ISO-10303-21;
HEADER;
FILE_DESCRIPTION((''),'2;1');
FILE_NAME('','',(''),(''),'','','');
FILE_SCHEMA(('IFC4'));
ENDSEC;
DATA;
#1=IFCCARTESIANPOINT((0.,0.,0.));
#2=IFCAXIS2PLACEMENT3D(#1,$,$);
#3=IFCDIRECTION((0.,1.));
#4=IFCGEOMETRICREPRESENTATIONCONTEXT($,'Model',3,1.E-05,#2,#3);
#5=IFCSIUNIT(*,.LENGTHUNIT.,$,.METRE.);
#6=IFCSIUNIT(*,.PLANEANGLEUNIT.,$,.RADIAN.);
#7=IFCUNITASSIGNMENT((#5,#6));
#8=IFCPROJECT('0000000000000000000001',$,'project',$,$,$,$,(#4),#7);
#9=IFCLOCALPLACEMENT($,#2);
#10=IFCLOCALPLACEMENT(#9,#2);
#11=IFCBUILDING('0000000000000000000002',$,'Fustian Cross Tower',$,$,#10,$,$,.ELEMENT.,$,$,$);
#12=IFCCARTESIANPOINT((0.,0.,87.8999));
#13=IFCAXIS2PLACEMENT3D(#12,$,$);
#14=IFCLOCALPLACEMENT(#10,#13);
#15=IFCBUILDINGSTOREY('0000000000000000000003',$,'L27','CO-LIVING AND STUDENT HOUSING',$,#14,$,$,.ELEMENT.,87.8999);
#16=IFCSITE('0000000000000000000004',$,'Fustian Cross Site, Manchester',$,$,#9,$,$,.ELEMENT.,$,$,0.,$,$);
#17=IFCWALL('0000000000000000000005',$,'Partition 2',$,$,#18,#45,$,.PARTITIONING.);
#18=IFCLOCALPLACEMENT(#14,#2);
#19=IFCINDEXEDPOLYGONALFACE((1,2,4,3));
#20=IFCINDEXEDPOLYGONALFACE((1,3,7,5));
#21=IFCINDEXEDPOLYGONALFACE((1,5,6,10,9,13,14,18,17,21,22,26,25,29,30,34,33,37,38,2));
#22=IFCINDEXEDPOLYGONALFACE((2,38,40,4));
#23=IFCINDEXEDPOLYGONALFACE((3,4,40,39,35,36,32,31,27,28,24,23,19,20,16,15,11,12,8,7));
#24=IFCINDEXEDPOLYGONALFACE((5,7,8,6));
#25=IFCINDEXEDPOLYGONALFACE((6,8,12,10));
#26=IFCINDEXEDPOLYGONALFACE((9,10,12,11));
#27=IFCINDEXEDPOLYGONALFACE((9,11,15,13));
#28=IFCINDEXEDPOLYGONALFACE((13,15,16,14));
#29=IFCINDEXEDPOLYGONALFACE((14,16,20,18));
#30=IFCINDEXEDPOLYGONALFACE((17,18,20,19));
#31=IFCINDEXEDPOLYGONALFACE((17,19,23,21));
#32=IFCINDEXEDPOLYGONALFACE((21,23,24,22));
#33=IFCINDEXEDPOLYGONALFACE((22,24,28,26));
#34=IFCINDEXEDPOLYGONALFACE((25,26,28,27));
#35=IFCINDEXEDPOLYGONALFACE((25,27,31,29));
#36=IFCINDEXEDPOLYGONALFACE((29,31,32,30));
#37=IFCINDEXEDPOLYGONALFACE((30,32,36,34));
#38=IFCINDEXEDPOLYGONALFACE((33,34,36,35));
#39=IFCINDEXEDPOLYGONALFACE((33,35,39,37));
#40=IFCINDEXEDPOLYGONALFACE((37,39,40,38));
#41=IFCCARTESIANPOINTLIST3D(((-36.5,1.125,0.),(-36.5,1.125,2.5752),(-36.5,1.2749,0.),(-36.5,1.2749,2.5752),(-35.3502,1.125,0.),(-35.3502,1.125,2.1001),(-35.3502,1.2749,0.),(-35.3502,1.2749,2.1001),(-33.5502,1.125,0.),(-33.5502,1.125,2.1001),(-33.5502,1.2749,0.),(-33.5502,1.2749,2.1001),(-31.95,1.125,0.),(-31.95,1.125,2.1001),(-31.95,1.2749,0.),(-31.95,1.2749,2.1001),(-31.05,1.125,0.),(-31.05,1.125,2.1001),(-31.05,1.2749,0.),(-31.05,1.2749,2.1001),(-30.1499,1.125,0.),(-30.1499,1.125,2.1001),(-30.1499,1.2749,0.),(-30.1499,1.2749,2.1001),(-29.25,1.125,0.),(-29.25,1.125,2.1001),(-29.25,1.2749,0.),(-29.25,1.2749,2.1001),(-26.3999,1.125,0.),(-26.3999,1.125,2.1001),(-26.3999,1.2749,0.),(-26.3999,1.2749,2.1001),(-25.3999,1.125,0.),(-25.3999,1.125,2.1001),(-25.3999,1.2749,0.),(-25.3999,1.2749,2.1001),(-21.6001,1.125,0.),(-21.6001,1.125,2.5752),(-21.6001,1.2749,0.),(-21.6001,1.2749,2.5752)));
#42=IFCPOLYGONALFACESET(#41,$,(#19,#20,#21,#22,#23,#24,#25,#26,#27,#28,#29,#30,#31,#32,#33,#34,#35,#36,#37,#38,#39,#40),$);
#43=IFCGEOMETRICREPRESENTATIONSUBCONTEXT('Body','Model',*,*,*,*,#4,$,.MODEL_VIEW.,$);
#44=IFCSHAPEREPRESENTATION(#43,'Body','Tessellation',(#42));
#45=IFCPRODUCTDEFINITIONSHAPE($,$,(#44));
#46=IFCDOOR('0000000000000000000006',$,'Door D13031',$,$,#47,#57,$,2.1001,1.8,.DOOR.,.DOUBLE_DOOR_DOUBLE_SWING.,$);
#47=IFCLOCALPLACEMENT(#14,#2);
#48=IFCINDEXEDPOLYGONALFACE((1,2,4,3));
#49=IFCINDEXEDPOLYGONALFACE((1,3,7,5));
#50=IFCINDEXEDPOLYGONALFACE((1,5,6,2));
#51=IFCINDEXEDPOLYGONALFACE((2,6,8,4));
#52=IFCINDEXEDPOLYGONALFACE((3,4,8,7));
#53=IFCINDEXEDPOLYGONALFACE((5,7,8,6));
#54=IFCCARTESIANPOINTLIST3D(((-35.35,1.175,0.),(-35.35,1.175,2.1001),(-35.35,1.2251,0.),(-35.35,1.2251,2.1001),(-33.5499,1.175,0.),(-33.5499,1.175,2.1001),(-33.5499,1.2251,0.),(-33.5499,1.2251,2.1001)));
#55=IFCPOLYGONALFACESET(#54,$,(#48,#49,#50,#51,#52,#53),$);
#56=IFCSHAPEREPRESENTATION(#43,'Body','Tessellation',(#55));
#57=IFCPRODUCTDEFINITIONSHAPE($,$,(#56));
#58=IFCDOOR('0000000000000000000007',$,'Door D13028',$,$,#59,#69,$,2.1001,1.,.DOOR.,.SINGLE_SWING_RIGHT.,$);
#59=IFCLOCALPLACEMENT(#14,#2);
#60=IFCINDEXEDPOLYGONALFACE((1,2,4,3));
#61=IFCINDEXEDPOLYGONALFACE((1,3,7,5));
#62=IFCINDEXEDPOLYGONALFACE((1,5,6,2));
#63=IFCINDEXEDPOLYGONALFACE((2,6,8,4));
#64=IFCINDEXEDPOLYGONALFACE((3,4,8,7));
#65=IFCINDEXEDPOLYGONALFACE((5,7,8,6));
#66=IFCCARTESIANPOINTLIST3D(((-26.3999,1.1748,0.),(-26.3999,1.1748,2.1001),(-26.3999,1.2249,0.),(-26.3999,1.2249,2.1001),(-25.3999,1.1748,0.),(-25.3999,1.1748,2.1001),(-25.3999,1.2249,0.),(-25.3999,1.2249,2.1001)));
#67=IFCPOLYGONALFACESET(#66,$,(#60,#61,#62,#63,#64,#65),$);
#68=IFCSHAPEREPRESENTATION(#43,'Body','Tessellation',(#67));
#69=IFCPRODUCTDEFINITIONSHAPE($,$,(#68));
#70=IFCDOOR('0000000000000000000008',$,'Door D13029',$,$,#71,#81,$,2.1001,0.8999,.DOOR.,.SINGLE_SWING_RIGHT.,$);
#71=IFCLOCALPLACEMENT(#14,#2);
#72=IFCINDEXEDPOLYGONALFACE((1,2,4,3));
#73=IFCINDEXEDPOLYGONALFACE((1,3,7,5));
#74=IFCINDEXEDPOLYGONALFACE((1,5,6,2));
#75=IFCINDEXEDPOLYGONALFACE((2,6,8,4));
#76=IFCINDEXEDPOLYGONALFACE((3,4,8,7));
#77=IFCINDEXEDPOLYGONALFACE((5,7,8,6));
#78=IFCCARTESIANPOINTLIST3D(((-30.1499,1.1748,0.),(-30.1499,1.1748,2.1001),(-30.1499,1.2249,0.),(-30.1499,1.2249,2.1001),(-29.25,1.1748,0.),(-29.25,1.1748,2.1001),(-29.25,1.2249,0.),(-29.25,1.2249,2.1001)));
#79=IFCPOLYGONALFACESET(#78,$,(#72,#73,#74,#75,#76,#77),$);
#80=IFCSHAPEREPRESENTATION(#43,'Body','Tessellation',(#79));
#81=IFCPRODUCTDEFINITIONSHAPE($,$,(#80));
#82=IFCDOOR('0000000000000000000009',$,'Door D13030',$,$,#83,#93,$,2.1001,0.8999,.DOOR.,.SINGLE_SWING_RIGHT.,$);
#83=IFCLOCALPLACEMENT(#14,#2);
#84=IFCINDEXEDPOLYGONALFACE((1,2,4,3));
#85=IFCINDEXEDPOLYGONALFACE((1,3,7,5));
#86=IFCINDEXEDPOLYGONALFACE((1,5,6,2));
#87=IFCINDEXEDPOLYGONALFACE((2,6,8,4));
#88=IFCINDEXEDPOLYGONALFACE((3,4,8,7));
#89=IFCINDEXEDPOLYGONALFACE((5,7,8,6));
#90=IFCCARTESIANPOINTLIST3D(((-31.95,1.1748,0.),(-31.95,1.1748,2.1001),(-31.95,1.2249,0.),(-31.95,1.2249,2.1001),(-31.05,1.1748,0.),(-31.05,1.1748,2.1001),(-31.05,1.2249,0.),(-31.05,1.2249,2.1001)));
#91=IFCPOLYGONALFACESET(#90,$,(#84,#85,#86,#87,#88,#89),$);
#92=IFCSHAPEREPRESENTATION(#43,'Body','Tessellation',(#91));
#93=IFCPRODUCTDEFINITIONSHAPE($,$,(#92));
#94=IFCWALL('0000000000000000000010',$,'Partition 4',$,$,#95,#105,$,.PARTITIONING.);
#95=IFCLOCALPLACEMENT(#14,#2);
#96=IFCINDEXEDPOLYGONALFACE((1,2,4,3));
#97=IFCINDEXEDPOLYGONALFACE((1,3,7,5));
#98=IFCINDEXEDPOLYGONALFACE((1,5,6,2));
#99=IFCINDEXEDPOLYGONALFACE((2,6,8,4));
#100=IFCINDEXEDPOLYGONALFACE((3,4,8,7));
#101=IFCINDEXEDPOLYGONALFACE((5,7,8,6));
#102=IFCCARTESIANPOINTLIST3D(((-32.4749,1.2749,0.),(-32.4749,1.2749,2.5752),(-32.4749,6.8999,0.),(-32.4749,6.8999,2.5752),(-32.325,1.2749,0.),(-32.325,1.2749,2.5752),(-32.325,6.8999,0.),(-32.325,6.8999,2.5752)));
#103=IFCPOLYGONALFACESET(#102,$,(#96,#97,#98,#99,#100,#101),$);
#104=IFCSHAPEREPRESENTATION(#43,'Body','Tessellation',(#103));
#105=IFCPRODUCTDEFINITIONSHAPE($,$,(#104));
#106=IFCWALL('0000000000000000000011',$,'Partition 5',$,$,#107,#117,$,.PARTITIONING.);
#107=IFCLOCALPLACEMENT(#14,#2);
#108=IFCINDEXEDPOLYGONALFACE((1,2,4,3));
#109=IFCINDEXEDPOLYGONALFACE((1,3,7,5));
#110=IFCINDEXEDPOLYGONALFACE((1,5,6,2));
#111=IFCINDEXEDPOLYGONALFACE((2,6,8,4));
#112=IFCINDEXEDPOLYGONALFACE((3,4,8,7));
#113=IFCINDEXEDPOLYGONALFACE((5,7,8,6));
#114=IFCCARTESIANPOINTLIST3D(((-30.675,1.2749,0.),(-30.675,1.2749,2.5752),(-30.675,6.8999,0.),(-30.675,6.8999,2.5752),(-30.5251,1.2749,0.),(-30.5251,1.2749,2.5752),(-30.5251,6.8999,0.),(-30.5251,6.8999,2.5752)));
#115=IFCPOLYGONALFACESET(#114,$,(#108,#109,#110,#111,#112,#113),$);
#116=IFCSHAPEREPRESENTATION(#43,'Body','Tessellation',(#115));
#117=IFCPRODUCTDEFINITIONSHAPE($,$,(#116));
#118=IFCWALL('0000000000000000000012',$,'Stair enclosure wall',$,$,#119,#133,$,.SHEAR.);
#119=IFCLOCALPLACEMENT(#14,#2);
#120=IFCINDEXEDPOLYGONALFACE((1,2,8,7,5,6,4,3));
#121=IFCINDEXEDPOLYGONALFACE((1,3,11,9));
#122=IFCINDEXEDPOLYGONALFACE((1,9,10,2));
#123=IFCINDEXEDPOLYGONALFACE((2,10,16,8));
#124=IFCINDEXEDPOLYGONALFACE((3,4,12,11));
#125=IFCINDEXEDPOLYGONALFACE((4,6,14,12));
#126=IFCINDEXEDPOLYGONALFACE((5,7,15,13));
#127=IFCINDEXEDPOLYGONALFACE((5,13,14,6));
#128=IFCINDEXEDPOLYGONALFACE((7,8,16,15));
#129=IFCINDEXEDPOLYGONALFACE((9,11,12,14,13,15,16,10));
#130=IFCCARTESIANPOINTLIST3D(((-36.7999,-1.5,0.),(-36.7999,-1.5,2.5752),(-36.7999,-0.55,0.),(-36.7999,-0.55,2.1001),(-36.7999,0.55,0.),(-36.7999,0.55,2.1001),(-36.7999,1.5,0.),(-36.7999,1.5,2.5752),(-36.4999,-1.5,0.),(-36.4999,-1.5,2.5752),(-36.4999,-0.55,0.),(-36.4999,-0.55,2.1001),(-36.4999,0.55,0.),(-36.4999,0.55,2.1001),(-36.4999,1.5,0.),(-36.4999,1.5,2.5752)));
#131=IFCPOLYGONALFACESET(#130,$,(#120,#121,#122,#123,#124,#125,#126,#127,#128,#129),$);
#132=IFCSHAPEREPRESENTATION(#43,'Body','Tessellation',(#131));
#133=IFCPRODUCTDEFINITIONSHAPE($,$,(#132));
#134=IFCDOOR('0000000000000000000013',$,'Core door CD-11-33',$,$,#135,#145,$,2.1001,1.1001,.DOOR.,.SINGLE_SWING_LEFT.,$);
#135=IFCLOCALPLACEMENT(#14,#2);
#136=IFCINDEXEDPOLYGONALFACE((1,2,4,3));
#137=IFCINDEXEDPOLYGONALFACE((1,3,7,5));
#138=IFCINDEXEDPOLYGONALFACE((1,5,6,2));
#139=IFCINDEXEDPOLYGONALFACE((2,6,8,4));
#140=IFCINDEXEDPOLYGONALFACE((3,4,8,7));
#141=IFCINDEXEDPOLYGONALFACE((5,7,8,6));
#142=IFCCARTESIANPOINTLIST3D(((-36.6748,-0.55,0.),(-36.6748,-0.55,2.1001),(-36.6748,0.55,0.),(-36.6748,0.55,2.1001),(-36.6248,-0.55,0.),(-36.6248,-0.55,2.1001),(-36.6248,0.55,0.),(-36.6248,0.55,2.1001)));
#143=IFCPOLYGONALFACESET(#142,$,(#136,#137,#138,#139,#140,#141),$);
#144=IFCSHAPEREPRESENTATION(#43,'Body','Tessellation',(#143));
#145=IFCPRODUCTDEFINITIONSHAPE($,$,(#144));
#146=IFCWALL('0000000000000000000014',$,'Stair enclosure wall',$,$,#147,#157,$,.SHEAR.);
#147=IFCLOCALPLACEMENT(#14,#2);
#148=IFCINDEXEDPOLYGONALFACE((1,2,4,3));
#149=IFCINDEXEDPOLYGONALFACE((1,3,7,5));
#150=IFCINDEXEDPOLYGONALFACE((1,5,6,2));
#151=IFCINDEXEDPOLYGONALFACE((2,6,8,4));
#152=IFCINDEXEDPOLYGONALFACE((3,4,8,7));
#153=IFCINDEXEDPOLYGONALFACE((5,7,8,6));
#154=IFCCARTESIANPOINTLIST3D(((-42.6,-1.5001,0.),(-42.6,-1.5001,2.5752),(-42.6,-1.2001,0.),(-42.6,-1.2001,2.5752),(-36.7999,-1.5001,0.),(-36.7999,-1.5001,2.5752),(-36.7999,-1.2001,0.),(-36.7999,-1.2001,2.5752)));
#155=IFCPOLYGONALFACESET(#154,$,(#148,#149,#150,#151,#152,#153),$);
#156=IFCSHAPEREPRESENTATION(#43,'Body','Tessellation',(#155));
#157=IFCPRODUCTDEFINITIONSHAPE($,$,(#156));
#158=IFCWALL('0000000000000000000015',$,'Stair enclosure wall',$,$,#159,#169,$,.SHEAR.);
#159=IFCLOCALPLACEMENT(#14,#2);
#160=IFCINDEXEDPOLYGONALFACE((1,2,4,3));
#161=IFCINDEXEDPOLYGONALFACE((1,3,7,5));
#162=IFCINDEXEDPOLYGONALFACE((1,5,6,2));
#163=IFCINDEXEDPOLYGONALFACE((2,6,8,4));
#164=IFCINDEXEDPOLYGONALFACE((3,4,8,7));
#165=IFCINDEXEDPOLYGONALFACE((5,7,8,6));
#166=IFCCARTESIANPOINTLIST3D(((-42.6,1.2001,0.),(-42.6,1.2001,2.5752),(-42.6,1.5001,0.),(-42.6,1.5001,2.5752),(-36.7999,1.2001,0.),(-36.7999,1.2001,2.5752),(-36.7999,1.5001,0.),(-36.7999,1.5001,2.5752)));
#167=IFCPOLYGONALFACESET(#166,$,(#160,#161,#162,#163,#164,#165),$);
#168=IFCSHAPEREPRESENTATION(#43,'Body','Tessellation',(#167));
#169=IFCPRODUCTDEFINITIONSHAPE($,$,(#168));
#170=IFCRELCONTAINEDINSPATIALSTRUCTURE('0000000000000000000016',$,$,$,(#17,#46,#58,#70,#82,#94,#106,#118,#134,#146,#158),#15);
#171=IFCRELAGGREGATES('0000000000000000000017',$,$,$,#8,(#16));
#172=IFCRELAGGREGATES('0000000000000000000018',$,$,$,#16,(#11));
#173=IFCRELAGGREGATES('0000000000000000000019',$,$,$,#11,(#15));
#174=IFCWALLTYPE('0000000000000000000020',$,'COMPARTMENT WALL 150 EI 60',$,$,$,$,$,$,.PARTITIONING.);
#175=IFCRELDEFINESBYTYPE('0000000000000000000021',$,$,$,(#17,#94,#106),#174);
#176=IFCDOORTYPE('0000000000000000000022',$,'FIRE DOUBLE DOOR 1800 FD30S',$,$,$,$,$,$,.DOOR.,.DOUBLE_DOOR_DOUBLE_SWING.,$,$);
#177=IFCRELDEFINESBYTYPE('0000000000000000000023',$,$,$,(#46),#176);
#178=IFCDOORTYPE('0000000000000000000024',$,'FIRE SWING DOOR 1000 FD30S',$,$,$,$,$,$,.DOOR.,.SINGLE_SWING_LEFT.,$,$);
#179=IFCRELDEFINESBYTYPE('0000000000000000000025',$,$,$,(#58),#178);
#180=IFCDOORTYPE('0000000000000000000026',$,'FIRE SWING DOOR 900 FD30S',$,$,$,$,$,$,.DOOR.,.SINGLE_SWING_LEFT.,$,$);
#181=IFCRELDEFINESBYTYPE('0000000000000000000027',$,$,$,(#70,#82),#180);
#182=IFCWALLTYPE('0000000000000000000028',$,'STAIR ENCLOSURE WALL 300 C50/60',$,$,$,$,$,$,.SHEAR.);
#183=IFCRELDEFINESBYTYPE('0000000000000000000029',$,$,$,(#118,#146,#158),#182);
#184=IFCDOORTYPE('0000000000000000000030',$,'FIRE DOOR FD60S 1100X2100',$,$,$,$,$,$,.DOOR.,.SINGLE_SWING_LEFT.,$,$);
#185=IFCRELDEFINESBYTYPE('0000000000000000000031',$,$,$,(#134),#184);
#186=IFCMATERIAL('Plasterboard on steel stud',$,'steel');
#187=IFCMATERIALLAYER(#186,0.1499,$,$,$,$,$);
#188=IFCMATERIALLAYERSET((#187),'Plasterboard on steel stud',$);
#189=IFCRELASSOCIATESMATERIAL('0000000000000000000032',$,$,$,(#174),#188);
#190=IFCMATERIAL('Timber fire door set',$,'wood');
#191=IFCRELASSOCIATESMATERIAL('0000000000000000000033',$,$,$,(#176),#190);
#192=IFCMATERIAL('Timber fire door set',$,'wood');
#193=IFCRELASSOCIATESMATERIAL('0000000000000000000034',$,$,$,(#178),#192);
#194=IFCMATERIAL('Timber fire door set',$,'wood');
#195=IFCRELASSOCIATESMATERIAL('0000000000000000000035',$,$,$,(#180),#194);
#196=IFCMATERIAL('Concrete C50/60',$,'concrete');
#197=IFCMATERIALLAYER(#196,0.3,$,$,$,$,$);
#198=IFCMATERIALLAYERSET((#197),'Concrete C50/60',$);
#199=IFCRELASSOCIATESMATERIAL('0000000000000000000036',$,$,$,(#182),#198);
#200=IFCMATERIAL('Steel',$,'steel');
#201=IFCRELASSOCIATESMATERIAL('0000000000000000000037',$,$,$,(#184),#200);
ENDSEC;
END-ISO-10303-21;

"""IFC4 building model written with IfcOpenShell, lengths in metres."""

from ifc_helpers import new_model, si_unit, direction, frame, frame_2d, origin, place, context, subcontext, project, spatial, rectangle, extrude, material, layer, layer_set, type_object, element, fill, save


model = new_model("IFC4")

# Units and contexts
model_context = context("Model", 3, precision=1e-05, world=origin(), true_north=direction((0.0, 1.0)))
body_context = subcontext(model_context, "Body", "Model", "MODEL_VIEW")
ifc_project = project(units=[si_unit("LENGTHUNIT", "METRE"), si_unit("PLANEANGLEUNIT", "RADIAN")], contexts=[model_context])

# Site, building, storey
site_placement = place(None, origin())
site = spatial("IfcSite", under=ifc_project, at=site_placement, Name="Fustian Cross Site, Manchester", CompositionType="ELEMENT", RefElevation=0.0)
building_placement = place(site_placement, origin())
building = spatial("IfcBuilding", under=site, at=building_placement, Name="Fustian Cross Tower", CompositionType="ELEMENT")
storey_placement = place(building_placement, frame((0.0, 0.0, 87.8999)))
storey = spatial("IfcBuildingStorey", under=building, at=storey_placement, Name="L27", Description="CO-LIVING AND STUDENT HOUSING", CompositionType="ELEMENT", Elevation=87.8999)

# Wall, openings, doors
ifc_material_1 = material(Name="Plasterboard on steel stud", Category="steel")
ifc_layer_1 = layer(ifc_material_1, 0.1499)
ifc_layer_set_1 = layer_set([ifc_layer_1], Name="Plasterboard on steel stud")
wall_type_1 = type_object("IfcWallType", Name="COMPARTMENT WALL 150 EI 60", PredefinedType="PARTITIONING", material=ifc_layer_set_1)
ifc_material_2 = material(Name="Timber fire door set", Category="wood")
door_type_1 = type_object("IfcDoorType", Name="FIRE DOUBLE DOOR 1800 FD30S", OperationType="DOUBLE_DOOR_DOUBLE_SWING", PredefinedType="DOOR", material=ifc_material_2)
ifc_material_3 = material(Name="Timber fire door set", Category="wood")
door_type_2 = type_object("IfcDoorType", Name="FIRE SWING DOOR 1000 FD30S", OperationType="SINGLE_SWING_LEFT", PredefinedType="DOOR", material=ifc_material_3)
wall_1_placement = place(storey_placement, frame((-36.5, 1.2, 0.0), z_axis=(0.0, 0.0, 1.0), x_axis=(1.0, 0.0, 0.0)))
wall_1 = element("IfcWall", 1, at=wall_1_placement, inside=storey, type_object=wall_type_1, Name="Partition 2", PredefinedType="PARTITIONING", context=body_context, shape_type="SweptSolid", body=[
    extrude(rectangle(XDim=14.8999, YDim=0.1499, at=frame_2d((7.45, 0.0))), origin(), (0.0, 0.0, 1.0), 2.5752),
])
opening_1_placement = place(wall_1_placement, frame((10.1001, 0.0, 0.0)))
opening_1 = element("IfcOpeningElement", 2, at=opening_1_placement, cuts=wall_1, PredefinedType="OPENING", context=body_context, shape_type="SweptSolid", body=[
    extrude(rectangle(XDim=1.0, YDim=2.1001, at=frame_2d((0.5, 1.05))), frame((0.0, 0.085, 0.0), z_axis=(0.0, -1.0, 0.0), x_axis=(1.0, 0.0, 0.0)), (0.0, 0.0, 1.0), 0.1699),
])
opening_2_placement = place(wall_1_placement, frame((6.3501, 0.0, 0.0)))
opening_2 = element("IfcOpeningElement", 3, at=opening_2_placement, cuts=wall_1, PredefinedType="OPENING", context=body_context, shape_type="SweptSolid", body=[
    extrude(rectangle(XDim=0.8999, YDim=2.1001, at=frame_2d((0.45, 1.05))), frame((0.0, 0.085, 0.0), z_axis=(0.0, -1.0, 0.0), x_axis=(1.0, 0.0, 0.0)), (0.0, 0.0, 1.0), 0.1699),
])
opening_3_placement = place(wall_1_placement, frame((4.55, 0.0, 0.0)))
opening_3 = element("IfcOpeningElement", 4, at=opening_3_placement, cuts=wall_1, PredefinedType="OPENING", context=body_context, shape_type="SweptSolid", body=[
    extrude(rectangle(XDim=0.8999, YDim=2.1001, at=frame_2d((0.45, 1.05))), frame((0.0, 0.085, 0.0), z_axis=(0.0, -1.0, 0.0), x_axis=(1.0, 0.0, 0.0)), (0.0, 0.0, 1.0), 0.1699),
])
opening_4_placement = place(wall_1_placement, frame((1.1499, 0.0, 0.0)))
opening_4 = element("IfcOpeningElement", 5, at=opening_4_placement, cuts=wall_1, PredefinedType="OPENING", context=body_context, shape_type="SweptSolid", body=[
    extrude(rectangle(XDim=1.8, YDim=2.1001, at=frame_2d((0.8999, 1.05))), frame((0.0, 0.085, 0.0), z_axis=(0.0, -1.0, 0.0), x_axis=(1.0, 0.0, 0.0)), (0.0, 0.0, 1.0), 0.1699),
])
door_1_placement = place(opening_4_placement, frame((1.8, 0.0, 0.0), z_axis=(0.0, 0.0, 1.0), x_axis=(-1.0, 0.0, 0.0)))
door_1 = element("IfcDoor", 6, at=door_1_placement, inside=storey, type_object=door_type_1, Name="Door D13031", OperationType="DOUBLE_DOOR_DOUBLE_SWING", OverallHeight=2.1001, OverallWidth=1.8, PredefinedType="DOOR", context=body_context, shape_type="SweptSolid", body=[
    extrude(rectangle(XDim=1.8, YDim=2.1001, at=frame_2d((0.8999, 1.05))), frame((0.0, 0.0249, 0.0), z_axis=(0.0, -1.0, 0.0), x_axis=(1.0, 0.0, 0.0)), (0.0, 0.0, 1.0), 0.05),
])
fill(opening_4, door_1)
door_2_placement = place(opening_1_placement, origin())
door_2 = element("IfcDoor", 7, at=door_2_placement, inside=storey, type_object=door_type_2, Name="Door D13028", OperationType="SINGLE_SWING_RIGHT", OverallHeight=2.1001, OverallWidth=1.0, PredefinedType="DOOR", context=body_context, shape_type="SweptSolid", body=[
    extrude(rectangle(XDim=1.0, YDim=2.1001, at=frame_2d((0.5, 1.05))), frame((0.0, 0.0249, 0.0), z_axis=(0.0, -1.0, 0.0), x_axis=(1.0, 0.0, 0.0)), (0.0, 0.0, 1.0), 0.05),
])
fill(opening_1, door_2)
ifc_material_4 = material(Name="Timber fire door set", Category="wood")
door_type_3 = type_object("IfcDoorType", Name="FIRE SWING DOOR 900 FD30S", OperationType="SINGLE_SWING_LEFT", PredefinedType="DOOR", material=ifc_material_4)
door_3_placement = place(opening_2_placement, origin())
door_3 = element("IfcDoor", 8, at=door_3_placement, inside=storey, type_object=door_type_3, Name="Door D13029", OperationType="SINGLE_SWING_RIGHT", OverallHeight=2.1001, OverallWidth=0.8999, PredefinedType="DOOR", context=body_context, shape_type="SweptSolid", body=[
    extrude(rectangle(XDim=0.8999, YDim=2.1001, at=frame_2d((0.45, 1.05))), frame((0.0, 0.0249, 0.0), z_axis=(0.0, -1.0, 0.0), x_axis=(1.0, 0.0, 0.0)), (0.0, 0.0, 1.0), 0.05),
])
fill(opening_2, door_3)
door_4_placement = place(opening_3_placement, origin())
door_4 = element("IfcDoor", 9, at=door_4_placement, inside=storey, type_object=door_type_3, Name="Door D13030", OperationType="SINGLE_SWING_RIGHT", OverallHeight=2.1001, OverallWidth=0.8999, PredefinedType="DOOR", context=body_context, shape_type="SweptSolid", body=[
    extrude(rectangle(XDim=0.8999, YDim=2.1001, at=frame_2d((0.45, 1.05))), frame((0.0, 0.0249, 0.0), z_axis=(0.0, -1.0, 0.0), x_axis=(1.0, 0.0, 0.0)), (0.0, 0.0, 1.0), 0.05),
])
fill(opening_3, door_4)

# Walls
for number, where, z_axis, x_axis, name in (
    (10, (-32.3999, 1.2749, 0.0), (0.0, 0.0, 1.0), (0.0, 1.0, 0.0), "Partition 4"),
    (11, (-30.6001, 1.2749, 0.0), (0.0, 0.0, 1.0), (0.0, 1.0, 0.0), "Partition 5"),
):
    element("IfcWall", number, at=place(storey_placement, frame(where, z_axis=z_axis, x_axis=x_axis)), inside=storey, type_object=wall_type_1, Name=name, PredefinedType="PARTITIONING", context=body_context, shape_type="SweptSolid", body=[
        extrude(rectangle(XDim=5.625, YDim=0.1499, at=frame_2d((2.8125, 0.0))), origin(), (0.0, 0.0, 1.0), 2.5752),
    ])

# Wall, opening, door
ifc_material_5 = material(Name="Concrete C50/60", Category="concrete")
ifc_layer_2 = layer(ifc_material_5, 0.3)
ifc_layer_set_2 = layer_set([ifc_layer_2], Name="Concrete C50/60")
wall_type_2 = type_object("IfcWallType", Name="STAIR ENCLOSURE WALL 300 C50/60", PredefinedType="SHEAR", material=ifc_layer_set_2)
wall_2_placement = place(storey_placement, frame((-36.6499, -1.5, 0.0), z_axis=(0.0, 0.0, 1.0), x_axis=(0.0, 1.0, 0.0)))
wall_2 = element("IfcWall", 12, at=wall_2_placement, inside=storey, type_object=wall_type_2, Name="Stair enclosure wall", PredefinedType="SHEAR", context=body_context, shape_type="SweptSolid", body=[
    extrude(rectangle(XDim=3.0, YDim=0.3, at=frame_2d((1.5, 0.0))), origin(), (0.0, 0.0, 1.0), 2.5752),
])
opening_5_placement = place(wall_2_placement, frame((0.95, 0.0, 0.0)))
opening_5 = element("IfcOpeningElement", 13, at=opening_5_placement, cuts=wall_2, PredefinedType="OPENING", context=body_context, shape_type="SweptSolid", body=[
    extrude(rectangle(XDim=1.1001, YDim=2.1001, at=frame_2d((0.55, 1.05))), frame((0.0, 0.1599, 0.0), z_axis=(0.0, -1.0, 0.0), x_axis=(1.0, 0.0, 0.0)), (0.0, 0.0, 1.0), 0.3201),
])
ifc_material_6 = material(Name="Steel", Category="steel")
door_type_4 = type_object("IfcDoorType", Name="FIRE DOOR FD60S 1100X2100", OperationType="SINGLE_SWING_LEFT", PredefinedType="DOOR", material=ifc_material_6)
door_5_placement = place(opening_5_placement, origin())
door_5 = element("IfcDoor", 14, at=door_5_placement, inside=storey, type_object=door_type_4, Name="Core door CD-11-33", OperationType="SINGLE_SWING_LEFT", OverallHeight=2.1001, OverallWidth=1.1001, PredefinedType="DOOR", context=body_context, shape_type="SweptSolid", body=[
    extrude(rectangle(XDim=1.1001, YDim=2.1001, at=frame_2d((0.55, 1.05))), frame((0.0, 0.0249, 0.0), z_axis=(0.0, -1.0, 0.0), x_axis=(1.0, 0.0, 0.0)), (0.0, 0.0, 1.0), 0.05),
])
fill(opening_5, door_5)

# Walls
for number, where, z_axis, x_axis, name in (
    (15, (-36.8, -1.3501, 0.0), (0.0, 0.0, 1.0), (-1.0, 0.0, 0.0), "Stair enclosure wall"),
    (16, (-36.8, 1.3501, 0.0), (0.0, 0.0, 1.0), (-1.0, 0.0, 0.0), "Stair enclosure wall"),
):
    element("IfcWall", number, at=place(storey_placement, frame(where, z_axis=z_axis, x_axis=x_axis)), inside=storey, type_object=wall_type_2, Name=name, PredefinedType="SHEAR", context=body_context, shape_type="SweptSolid", body=[
        extrude(rectangle(XDim=5.8, YDim=0.3, at=frame_2d((2.8999, 0.0))), origin(), (0.0, 0.0, 1.0), 2.5752),
    ])

save(model, "model.ifc")
